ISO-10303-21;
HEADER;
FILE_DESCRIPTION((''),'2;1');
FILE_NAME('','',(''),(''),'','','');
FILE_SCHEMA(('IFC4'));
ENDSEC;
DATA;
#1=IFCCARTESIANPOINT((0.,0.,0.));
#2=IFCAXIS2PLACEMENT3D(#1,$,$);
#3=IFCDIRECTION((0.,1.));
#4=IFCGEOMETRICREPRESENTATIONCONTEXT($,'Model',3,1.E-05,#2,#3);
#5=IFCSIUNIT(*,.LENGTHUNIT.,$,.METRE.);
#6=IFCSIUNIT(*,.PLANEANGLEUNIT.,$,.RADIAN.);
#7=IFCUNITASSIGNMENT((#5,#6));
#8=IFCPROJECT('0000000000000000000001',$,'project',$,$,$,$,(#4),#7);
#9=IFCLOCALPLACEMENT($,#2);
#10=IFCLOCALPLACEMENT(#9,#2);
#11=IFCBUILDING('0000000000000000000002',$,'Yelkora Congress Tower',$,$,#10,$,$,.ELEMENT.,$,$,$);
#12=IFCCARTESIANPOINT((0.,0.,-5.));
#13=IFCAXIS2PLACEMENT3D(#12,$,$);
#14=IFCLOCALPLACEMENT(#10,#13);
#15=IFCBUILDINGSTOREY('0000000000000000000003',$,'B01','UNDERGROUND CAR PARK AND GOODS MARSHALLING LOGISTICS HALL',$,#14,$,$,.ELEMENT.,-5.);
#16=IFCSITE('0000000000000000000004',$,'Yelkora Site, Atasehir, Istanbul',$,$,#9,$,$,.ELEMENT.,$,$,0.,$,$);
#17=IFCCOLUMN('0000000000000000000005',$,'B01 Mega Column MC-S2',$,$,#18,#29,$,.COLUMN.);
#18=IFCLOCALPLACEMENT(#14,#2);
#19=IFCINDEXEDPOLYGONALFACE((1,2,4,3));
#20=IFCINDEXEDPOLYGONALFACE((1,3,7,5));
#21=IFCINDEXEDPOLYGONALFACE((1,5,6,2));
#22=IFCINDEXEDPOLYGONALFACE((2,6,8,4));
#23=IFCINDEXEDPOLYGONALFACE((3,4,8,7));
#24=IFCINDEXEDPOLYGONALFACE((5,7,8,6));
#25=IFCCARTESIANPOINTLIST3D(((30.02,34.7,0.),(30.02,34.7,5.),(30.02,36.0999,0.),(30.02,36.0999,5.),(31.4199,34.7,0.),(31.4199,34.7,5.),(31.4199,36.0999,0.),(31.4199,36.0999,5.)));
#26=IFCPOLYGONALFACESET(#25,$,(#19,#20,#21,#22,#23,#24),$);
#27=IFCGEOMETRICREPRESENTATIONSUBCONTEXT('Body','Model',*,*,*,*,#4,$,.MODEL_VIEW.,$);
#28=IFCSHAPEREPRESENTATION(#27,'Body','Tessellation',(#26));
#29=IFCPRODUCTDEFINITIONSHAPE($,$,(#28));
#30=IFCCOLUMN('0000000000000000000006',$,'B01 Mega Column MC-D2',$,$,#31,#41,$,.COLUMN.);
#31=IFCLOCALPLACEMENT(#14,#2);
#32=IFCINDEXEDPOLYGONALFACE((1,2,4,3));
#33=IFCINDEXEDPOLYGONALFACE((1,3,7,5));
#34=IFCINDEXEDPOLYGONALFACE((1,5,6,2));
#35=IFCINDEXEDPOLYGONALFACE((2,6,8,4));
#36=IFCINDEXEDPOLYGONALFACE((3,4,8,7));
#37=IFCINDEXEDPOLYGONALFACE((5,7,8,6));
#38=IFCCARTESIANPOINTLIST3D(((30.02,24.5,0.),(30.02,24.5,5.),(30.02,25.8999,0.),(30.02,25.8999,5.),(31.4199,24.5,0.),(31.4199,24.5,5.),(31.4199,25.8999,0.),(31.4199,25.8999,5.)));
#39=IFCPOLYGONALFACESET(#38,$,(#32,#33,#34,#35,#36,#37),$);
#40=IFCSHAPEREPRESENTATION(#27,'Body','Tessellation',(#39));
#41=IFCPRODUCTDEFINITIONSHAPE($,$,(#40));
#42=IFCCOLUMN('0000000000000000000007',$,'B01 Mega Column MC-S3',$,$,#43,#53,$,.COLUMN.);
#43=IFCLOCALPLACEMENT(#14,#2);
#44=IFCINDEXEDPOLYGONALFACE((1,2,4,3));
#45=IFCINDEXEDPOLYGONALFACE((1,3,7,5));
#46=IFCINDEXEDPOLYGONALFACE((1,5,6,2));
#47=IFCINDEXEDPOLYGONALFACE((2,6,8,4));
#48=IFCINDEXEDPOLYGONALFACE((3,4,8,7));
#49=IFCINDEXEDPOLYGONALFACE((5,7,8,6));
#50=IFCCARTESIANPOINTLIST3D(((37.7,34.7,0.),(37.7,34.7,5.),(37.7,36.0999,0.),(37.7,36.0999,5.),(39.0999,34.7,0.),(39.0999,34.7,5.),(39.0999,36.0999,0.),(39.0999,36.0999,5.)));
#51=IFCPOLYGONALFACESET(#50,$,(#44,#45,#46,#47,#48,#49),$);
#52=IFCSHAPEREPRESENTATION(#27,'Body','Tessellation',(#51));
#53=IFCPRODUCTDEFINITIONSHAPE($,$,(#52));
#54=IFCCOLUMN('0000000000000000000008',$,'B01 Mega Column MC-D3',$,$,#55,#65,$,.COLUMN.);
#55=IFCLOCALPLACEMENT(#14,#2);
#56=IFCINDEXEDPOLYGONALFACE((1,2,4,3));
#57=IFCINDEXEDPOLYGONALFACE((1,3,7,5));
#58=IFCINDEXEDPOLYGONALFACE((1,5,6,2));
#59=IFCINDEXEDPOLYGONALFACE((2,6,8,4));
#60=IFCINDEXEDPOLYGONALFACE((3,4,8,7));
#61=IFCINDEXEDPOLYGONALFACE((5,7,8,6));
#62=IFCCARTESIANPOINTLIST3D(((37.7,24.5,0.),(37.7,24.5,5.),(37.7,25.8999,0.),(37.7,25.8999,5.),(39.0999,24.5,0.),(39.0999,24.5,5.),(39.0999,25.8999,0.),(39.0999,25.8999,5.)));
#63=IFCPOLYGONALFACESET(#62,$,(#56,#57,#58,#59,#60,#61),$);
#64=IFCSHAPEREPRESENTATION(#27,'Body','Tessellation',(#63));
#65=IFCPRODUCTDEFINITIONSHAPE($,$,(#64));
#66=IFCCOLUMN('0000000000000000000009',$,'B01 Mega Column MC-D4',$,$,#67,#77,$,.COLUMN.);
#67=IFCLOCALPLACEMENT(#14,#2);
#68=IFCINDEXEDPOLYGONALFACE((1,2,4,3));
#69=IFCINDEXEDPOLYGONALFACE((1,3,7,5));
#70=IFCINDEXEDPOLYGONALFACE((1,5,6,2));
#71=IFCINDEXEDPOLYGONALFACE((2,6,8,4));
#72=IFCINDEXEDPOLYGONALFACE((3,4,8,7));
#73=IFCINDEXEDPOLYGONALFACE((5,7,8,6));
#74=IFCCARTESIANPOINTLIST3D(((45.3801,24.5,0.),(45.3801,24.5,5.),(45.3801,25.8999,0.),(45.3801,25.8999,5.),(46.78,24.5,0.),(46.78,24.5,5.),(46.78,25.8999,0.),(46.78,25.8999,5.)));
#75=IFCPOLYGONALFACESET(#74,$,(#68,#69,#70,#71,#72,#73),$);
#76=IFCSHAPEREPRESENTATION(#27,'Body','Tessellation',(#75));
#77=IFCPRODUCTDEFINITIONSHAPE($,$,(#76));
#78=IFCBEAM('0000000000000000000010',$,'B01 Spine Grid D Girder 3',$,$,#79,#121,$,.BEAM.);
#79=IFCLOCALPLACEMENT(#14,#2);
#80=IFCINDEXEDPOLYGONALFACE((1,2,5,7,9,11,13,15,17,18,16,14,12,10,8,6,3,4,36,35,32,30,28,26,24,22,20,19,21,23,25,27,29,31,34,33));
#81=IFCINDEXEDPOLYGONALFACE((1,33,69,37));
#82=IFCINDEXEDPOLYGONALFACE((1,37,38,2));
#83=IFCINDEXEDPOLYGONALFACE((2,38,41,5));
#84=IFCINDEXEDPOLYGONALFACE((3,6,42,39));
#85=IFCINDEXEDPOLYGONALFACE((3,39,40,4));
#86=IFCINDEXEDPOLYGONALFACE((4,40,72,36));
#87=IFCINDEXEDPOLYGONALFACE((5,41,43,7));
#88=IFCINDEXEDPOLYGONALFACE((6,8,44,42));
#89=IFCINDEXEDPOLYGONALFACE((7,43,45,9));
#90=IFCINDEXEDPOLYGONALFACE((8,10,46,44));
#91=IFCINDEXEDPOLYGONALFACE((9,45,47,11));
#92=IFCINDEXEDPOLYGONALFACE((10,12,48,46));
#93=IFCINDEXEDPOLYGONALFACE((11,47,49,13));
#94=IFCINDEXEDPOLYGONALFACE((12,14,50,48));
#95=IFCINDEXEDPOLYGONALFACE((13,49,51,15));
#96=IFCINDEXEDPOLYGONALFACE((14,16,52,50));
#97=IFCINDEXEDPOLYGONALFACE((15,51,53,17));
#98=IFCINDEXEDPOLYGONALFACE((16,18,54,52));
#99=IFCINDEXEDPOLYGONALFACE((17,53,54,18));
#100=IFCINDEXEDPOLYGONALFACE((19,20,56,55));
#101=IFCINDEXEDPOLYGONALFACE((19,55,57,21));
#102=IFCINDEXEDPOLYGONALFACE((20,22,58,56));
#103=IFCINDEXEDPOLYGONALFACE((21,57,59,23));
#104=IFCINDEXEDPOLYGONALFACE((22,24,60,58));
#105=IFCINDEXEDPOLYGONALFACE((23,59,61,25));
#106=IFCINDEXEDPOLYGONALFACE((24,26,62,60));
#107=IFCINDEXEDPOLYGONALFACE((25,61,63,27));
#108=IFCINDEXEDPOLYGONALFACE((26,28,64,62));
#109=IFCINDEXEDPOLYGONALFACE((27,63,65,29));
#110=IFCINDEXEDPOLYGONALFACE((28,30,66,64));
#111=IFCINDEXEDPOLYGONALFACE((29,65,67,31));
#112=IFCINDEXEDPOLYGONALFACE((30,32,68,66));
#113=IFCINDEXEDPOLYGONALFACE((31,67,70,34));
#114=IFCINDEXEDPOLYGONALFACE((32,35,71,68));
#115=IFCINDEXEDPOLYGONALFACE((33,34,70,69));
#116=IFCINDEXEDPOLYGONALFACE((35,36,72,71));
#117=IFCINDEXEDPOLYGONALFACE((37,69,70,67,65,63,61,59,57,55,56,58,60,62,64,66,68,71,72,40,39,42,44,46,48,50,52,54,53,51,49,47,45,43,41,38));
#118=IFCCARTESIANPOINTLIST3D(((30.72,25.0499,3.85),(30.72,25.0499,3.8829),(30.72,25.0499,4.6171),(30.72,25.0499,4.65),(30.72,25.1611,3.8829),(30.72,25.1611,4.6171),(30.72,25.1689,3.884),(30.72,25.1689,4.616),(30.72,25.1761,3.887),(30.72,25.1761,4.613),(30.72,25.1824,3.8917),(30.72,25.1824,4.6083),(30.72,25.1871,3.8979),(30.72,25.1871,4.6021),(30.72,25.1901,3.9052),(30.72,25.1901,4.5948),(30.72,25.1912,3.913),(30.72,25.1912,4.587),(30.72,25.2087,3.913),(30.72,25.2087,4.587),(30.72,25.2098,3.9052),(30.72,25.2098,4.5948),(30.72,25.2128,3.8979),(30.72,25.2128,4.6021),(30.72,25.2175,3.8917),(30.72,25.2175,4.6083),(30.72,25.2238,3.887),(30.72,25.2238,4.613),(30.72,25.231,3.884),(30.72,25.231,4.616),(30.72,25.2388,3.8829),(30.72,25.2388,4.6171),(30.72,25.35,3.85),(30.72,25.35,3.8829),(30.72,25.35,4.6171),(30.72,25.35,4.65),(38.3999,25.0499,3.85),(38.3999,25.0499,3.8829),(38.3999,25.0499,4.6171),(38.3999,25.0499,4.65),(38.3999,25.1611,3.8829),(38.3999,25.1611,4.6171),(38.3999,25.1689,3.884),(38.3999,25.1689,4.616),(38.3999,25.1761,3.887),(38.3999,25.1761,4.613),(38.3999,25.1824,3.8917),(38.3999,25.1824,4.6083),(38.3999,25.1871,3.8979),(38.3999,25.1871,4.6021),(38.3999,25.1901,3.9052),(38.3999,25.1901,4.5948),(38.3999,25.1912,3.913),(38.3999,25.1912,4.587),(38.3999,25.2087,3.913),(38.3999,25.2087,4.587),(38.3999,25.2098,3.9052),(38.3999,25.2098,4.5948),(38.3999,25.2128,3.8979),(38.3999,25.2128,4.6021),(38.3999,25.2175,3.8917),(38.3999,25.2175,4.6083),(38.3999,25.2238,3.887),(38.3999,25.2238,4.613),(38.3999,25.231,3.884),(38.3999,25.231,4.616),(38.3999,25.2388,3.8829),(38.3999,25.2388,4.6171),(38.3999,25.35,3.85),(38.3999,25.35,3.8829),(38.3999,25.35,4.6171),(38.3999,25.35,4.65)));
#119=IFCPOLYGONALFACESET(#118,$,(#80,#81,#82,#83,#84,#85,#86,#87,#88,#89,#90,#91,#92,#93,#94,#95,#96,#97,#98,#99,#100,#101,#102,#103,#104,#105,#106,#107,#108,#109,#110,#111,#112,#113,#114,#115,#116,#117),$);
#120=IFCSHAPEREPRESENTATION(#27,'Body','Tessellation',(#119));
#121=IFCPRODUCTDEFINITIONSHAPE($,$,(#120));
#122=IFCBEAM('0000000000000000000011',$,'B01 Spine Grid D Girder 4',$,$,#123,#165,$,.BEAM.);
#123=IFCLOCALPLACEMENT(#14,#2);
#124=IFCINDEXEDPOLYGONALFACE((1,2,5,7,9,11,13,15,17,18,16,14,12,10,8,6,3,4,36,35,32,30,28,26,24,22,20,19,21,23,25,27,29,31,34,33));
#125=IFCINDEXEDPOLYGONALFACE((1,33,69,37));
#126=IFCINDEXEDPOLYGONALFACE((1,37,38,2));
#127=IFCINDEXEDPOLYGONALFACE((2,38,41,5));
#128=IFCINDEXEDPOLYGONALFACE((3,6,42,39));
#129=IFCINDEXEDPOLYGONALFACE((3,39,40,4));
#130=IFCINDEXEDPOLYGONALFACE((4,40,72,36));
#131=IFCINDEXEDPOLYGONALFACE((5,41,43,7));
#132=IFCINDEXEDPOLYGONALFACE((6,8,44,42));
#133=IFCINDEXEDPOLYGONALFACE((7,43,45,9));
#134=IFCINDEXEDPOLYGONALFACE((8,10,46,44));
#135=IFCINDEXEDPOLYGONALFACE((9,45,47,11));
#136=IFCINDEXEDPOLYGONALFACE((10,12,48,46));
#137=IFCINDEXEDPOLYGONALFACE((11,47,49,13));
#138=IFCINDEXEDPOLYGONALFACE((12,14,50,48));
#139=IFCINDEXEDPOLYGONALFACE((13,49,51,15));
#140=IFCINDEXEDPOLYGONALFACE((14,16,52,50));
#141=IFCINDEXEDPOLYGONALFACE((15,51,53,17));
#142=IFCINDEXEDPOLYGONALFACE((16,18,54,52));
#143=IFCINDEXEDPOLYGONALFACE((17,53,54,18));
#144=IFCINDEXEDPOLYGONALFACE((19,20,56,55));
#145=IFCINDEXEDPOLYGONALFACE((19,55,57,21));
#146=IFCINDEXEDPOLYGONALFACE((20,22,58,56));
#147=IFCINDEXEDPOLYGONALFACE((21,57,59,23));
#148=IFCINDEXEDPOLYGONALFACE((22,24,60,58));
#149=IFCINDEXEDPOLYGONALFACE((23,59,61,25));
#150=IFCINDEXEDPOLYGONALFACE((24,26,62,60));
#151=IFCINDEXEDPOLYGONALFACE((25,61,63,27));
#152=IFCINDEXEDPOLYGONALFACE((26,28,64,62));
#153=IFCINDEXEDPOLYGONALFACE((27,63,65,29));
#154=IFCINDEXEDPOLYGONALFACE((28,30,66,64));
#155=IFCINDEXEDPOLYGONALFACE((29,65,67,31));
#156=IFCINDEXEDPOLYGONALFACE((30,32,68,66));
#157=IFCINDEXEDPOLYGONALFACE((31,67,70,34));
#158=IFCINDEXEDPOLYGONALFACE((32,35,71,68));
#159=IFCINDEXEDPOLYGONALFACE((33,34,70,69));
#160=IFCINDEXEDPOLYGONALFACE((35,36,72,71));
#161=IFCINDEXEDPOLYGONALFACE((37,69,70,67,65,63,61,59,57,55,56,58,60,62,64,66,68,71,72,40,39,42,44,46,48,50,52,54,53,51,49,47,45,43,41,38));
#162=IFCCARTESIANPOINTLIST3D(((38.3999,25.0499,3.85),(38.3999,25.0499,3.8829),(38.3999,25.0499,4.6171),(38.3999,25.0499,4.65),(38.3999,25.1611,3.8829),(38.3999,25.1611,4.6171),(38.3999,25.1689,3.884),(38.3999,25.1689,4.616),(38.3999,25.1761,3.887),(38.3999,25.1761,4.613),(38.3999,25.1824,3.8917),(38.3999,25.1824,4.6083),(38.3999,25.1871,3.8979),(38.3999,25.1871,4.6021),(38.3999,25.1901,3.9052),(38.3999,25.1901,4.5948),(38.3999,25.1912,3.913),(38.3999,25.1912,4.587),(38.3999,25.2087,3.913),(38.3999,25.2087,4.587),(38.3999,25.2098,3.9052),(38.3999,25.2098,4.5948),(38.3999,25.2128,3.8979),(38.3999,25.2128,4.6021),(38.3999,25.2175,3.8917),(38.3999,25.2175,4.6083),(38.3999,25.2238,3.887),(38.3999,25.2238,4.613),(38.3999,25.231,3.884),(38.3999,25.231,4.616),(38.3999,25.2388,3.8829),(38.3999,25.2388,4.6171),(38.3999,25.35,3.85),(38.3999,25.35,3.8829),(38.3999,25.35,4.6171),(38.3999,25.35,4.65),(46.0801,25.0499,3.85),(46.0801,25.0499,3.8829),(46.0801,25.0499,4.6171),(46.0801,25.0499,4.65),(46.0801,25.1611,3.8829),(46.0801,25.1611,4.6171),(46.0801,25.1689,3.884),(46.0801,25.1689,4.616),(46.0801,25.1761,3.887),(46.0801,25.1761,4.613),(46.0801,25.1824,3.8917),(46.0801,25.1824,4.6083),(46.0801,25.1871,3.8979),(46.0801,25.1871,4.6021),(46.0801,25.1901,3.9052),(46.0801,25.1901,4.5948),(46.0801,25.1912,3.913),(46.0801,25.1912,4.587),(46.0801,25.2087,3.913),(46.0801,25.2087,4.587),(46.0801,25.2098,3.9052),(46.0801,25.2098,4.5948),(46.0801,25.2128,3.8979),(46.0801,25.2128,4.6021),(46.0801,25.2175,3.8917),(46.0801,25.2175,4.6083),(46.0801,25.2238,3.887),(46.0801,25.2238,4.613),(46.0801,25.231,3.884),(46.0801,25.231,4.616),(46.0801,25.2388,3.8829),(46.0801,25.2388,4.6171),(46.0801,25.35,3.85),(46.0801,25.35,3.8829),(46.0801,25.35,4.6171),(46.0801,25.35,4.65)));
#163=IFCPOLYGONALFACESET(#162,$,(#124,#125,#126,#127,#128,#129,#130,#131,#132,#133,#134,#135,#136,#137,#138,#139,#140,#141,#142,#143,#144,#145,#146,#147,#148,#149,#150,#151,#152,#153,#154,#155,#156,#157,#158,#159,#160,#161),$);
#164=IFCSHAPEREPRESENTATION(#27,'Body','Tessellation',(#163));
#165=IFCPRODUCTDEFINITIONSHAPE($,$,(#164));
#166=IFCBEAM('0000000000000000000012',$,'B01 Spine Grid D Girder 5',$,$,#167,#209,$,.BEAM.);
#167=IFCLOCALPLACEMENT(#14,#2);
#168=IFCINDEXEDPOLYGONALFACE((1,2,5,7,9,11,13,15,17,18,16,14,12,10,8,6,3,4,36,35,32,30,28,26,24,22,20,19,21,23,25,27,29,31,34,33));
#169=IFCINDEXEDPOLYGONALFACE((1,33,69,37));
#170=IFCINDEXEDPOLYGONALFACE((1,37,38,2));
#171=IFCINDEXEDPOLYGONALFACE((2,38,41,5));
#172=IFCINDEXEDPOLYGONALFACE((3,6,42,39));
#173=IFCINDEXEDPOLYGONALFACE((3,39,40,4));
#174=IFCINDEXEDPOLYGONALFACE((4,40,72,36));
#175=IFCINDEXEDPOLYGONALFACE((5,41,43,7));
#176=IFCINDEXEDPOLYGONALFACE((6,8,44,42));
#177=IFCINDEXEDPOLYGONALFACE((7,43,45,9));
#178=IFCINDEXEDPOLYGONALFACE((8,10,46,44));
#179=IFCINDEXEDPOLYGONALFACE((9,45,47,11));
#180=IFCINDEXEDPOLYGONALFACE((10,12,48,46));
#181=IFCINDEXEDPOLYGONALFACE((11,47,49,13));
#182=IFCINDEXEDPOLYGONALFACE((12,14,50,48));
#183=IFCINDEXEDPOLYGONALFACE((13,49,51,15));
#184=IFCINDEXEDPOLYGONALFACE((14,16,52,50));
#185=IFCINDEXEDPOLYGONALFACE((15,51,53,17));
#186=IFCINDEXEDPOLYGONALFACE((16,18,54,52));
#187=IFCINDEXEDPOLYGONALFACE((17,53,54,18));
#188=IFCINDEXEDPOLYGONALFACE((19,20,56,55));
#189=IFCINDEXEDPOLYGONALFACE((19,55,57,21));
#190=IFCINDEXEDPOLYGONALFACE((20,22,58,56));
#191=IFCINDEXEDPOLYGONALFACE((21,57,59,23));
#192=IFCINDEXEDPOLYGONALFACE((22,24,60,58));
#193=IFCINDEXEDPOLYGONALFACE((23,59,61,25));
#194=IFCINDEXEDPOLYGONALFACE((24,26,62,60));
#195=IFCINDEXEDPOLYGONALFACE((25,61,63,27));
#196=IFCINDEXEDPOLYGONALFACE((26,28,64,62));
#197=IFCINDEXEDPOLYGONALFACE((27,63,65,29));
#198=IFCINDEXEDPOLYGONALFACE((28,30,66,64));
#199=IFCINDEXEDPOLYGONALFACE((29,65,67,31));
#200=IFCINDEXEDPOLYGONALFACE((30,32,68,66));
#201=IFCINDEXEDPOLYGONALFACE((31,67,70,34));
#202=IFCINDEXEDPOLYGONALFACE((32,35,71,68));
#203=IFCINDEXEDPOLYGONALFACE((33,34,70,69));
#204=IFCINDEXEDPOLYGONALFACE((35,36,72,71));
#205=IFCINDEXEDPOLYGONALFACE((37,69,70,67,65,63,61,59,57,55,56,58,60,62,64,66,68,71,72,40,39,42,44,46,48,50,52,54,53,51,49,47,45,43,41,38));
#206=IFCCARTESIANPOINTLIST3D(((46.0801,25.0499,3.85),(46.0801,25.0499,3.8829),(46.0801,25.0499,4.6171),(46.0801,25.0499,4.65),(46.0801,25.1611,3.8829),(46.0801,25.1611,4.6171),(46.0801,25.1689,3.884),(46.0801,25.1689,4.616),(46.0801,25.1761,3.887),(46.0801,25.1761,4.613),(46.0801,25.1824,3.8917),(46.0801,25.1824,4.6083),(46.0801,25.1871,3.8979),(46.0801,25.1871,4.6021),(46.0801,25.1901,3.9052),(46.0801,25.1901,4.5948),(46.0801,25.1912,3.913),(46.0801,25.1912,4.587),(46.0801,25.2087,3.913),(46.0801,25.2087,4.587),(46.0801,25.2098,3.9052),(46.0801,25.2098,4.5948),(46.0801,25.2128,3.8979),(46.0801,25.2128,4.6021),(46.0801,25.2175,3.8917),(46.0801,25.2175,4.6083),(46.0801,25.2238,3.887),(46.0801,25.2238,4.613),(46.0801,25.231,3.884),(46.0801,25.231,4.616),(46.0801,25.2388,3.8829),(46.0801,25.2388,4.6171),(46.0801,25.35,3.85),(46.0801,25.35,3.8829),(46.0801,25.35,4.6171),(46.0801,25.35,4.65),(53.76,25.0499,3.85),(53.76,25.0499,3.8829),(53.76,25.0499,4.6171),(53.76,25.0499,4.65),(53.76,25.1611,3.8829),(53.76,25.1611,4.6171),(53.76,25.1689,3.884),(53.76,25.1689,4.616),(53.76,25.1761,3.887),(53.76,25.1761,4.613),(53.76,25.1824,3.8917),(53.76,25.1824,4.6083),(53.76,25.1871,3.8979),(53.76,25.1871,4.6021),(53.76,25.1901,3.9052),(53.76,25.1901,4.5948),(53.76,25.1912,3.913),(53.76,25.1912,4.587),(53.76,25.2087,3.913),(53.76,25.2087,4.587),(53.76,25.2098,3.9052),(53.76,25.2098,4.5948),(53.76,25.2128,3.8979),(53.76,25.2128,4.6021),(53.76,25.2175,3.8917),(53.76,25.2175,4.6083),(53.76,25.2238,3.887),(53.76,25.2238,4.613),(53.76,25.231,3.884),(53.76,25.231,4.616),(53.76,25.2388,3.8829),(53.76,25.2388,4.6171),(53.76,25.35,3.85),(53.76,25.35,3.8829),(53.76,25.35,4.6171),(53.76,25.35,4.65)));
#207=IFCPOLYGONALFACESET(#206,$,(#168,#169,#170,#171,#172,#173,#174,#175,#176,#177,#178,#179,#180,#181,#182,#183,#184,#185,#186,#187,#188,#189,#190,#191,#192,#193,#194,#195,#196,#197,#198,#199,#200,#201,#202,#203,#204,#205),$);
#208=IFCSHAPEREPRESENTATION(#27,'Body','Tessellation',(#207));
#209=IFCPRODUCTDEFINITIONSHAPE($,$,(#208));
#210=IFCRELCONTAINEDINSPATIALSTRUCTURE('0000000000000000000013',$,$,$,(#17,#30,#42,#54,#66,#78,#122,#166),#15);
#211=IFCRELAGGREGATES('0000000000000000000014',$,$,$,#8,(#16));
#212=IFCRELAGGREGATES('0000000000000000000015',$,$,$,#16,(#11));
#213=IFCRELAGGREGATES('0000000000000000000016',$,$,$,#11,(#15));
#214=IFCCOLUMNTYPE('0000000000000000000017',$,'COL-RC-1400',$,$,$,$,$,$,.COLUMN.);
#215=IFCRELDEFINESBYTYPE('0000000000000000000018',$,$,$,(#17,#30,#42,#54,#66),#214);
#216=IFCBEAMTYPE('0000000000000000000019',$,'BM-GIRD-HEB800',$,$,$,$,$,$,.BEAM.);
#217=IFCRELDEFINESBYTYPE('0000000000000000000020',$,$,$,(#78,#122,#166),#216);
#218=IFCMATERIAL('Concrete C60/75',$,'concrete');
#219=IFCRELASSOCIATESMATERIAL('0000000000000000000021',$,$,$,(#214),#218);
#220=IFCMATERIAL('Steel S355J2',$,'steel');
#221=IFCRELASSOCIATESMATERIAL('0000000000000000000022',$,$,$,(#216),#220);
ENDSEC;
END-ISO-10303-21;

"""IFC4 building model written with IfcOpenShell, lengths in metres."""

from ifc_helpers import new_model, si_unit, direction, frame, origin, origin_2d, place, context, subcontext, project, spatial, rectangle, i_section, extrude, material, material_profile, profile_set, type_object, element, save


model = new_model("IFC4")

# Units and contexts
model_context = context("Model", 3, precision=1e-05, world=origin(), true_north=direction((0.0, 1.0)))
body_context = subcontext(model_context, "Body", "Model", "MODEL_VIEW")
ifc_project = project(units=[si_unit("LENGTHUNIT", "METRE"), si_unit("PLANEANGLEUNIT", "RADIAN")], contexts=[model_context])

# Site, building, storey
site_placement = place(None, origin())
site = spatial("IfcSite", under=ifc_project, at=site_placement, Name="Yelkora Site, Atasehir, Istanbul", CompositionType="ELEMENT", RefElevation=0.0)
building_placement = place(site_placement, origin())
building = spatial("IfcBuilding", under=site, at=building_placement, Name="Yelkora Congress Tower", CompositionType="ELEMENT")
storey_placement = place(building_placement, frame((0.0, 0.0, -5.0)))
storey = spatial("IfcBuildingStorey", under=building, at=storey_placement, Name="B01", Description="UNDERGROUND CAR PARK AND GOODS MARSHALLING LOGISTICS HALL", CompositionType="ELEMENT", Elevation=-5.0)

# Columns
ifc_material_1 = material(Name="Concrete C60/75", Category="concrete")
ifc_material_profile_1 = material_profile(ifc_material_1, rectangle(XDim=1.3999, YDim=1.3999, at=origin_2d()), Name="RC 1400x1400")
ifc_profile_set_1 = profile_set([ifc_material_profile_1], Name="Concrete C60/75")
column_type = type_object("IfcColumnType", Name="COL-RC-1400", PredefinedType="COLUMN", material=ifc_profile_set_1)
for number, where, z_axis, x_axis, name in (
    (1, (30.72, 35.3999, 0.0), (0.0, 0.0, 1.0), (1.0, 0.0, 0.0), "B01 Mega Column MC-S2"),
    (2, (30.72, 25.2, 0.0), (0.0, 0.0, 1.0), (1.0, 0.0, 0.0), "B01 Mega Column MC-D2"),
    (3, (38.3999, 35.3999, 0.0), (0.0, 0.0, 1.0), (1.0, 0.0, 0.0), "B01 Mega Column MC-S3"),
    (4, (38.3999, 25.2, 0.0), (0.0, 0.0, 1.0), (1.0, 0.0, 0.0), "B01 Mega Column MC-D3"),
    (5, (46.0801, 25.2, 0.0), (0.0, 0.0, 1.0), (1.0, 0.0, 0.0), "B01 Mega Column MC-D4"),
):
    element("IfcColumn", number, at=place(storey_placement, frame(where, z_axis=z_axis, x_axis=x_axis)), inside=storey, type_object=column_type, Name=name, PredefinedType="COLUMN", context=body_context, shape_type="SweptSolid", body=[
        extrude(rectangle(XDim=1.3999, YDim=1.3999, at=origin_2d()), origin(), (0.0, 0.0, 1.0), 5.0),
    ])

# Beams
ifc_material_2 = material(Name="Steel S355J2", Category="steel")
ifc_material_profile_2 = material_profile(ifc_material_2, i_section(OverallWidth=0.3, OverallDepth=0.8, WebThickness=0.0176, FlangeThickness=0.033, FilletRadius=0.03, at=origin_2d()), Name="HEB 800")
ifc_profile_set_2 = profile_set([ifc_material_profile_2], Name="Steel S355J2")
beam_type_1 = type_object("IfcBeamType", Name="BM-GIRD-HEB800", PredefinedType="BEAM", material=ifc_profile_set_2)
beam_1_placement = place(storey_placement, frame((30.72, 25.2, 4.25), z_axis=(1.0, 0.0, 0.0), x_axis=(0.0, 1.0, 0.0)))
element("IfcBeam", 6, at=beam_1_placement, inside=storey, type_object=beam_type_1, Name="B01 Spine Grid D Girder 3", PredefinedType="BEAM", context=body_context, shape_type="SweptSolid", body=[
    extrude(i_section(OverallWidth=0.3, OverallDepth=0.8, WebThickness=0.0176, FlangeThickness=0.033, FilletRadius=0.03, at=origin_2d()), origin(), (0.0, 0.0, 1.0), 7.6799),
])
beam_2_placement = place(storey_placement, frame((38.3999, 25.2, 4.25), z_axis=(1.0, 0.0, 0.0), x_axis=(0.0, 1.0, 0.0)))
element("IfcBeam", 7, at=beam_2_placement, inside=storey, type_object=beam_type_1, Name="B01 Spine Grid D Girder 4", PredefinedType="BEAM", context=body_context, shape_type="SweptSolid", body=[
    extrude(i_section(OverallWidth=0.3, OverallDepth=0.8, WebThickness=0.0176, FlangeThickness=0.033, FilletRadius=0.03, at=origin_2d()), origin(), (0.0, 0.0, 1.0), 7.6802),
])
for number, where, z_axis, x_axis, name in (
    (8, (46.0801, 25.2, 4.25), (1.0, 0.0, 0.0), (0.0, 1.0, 0.0), "B01 Spine Grid D Girder 5"),
):
    element("IfcBeam", number, at=place(storey_placement, frame(where, z_axis=z_axis, x_axis=x_axis)), inside=storey, type_object=beam_type_1, Name=name, PredefinedType="BEAM", context=body_context, shape_type="SweptSolid", body=[
        extrude(i_section(OverallWidth=0.3, OverallDepth=0.8, WebThickness=0.0176, FlangeThickness=0.033, FilletRadius=0.03, at=origin_2d()), origin(), (0.0, 0.0, 1.0), 7.6799),
    ])

save(model, "model.ifc")
